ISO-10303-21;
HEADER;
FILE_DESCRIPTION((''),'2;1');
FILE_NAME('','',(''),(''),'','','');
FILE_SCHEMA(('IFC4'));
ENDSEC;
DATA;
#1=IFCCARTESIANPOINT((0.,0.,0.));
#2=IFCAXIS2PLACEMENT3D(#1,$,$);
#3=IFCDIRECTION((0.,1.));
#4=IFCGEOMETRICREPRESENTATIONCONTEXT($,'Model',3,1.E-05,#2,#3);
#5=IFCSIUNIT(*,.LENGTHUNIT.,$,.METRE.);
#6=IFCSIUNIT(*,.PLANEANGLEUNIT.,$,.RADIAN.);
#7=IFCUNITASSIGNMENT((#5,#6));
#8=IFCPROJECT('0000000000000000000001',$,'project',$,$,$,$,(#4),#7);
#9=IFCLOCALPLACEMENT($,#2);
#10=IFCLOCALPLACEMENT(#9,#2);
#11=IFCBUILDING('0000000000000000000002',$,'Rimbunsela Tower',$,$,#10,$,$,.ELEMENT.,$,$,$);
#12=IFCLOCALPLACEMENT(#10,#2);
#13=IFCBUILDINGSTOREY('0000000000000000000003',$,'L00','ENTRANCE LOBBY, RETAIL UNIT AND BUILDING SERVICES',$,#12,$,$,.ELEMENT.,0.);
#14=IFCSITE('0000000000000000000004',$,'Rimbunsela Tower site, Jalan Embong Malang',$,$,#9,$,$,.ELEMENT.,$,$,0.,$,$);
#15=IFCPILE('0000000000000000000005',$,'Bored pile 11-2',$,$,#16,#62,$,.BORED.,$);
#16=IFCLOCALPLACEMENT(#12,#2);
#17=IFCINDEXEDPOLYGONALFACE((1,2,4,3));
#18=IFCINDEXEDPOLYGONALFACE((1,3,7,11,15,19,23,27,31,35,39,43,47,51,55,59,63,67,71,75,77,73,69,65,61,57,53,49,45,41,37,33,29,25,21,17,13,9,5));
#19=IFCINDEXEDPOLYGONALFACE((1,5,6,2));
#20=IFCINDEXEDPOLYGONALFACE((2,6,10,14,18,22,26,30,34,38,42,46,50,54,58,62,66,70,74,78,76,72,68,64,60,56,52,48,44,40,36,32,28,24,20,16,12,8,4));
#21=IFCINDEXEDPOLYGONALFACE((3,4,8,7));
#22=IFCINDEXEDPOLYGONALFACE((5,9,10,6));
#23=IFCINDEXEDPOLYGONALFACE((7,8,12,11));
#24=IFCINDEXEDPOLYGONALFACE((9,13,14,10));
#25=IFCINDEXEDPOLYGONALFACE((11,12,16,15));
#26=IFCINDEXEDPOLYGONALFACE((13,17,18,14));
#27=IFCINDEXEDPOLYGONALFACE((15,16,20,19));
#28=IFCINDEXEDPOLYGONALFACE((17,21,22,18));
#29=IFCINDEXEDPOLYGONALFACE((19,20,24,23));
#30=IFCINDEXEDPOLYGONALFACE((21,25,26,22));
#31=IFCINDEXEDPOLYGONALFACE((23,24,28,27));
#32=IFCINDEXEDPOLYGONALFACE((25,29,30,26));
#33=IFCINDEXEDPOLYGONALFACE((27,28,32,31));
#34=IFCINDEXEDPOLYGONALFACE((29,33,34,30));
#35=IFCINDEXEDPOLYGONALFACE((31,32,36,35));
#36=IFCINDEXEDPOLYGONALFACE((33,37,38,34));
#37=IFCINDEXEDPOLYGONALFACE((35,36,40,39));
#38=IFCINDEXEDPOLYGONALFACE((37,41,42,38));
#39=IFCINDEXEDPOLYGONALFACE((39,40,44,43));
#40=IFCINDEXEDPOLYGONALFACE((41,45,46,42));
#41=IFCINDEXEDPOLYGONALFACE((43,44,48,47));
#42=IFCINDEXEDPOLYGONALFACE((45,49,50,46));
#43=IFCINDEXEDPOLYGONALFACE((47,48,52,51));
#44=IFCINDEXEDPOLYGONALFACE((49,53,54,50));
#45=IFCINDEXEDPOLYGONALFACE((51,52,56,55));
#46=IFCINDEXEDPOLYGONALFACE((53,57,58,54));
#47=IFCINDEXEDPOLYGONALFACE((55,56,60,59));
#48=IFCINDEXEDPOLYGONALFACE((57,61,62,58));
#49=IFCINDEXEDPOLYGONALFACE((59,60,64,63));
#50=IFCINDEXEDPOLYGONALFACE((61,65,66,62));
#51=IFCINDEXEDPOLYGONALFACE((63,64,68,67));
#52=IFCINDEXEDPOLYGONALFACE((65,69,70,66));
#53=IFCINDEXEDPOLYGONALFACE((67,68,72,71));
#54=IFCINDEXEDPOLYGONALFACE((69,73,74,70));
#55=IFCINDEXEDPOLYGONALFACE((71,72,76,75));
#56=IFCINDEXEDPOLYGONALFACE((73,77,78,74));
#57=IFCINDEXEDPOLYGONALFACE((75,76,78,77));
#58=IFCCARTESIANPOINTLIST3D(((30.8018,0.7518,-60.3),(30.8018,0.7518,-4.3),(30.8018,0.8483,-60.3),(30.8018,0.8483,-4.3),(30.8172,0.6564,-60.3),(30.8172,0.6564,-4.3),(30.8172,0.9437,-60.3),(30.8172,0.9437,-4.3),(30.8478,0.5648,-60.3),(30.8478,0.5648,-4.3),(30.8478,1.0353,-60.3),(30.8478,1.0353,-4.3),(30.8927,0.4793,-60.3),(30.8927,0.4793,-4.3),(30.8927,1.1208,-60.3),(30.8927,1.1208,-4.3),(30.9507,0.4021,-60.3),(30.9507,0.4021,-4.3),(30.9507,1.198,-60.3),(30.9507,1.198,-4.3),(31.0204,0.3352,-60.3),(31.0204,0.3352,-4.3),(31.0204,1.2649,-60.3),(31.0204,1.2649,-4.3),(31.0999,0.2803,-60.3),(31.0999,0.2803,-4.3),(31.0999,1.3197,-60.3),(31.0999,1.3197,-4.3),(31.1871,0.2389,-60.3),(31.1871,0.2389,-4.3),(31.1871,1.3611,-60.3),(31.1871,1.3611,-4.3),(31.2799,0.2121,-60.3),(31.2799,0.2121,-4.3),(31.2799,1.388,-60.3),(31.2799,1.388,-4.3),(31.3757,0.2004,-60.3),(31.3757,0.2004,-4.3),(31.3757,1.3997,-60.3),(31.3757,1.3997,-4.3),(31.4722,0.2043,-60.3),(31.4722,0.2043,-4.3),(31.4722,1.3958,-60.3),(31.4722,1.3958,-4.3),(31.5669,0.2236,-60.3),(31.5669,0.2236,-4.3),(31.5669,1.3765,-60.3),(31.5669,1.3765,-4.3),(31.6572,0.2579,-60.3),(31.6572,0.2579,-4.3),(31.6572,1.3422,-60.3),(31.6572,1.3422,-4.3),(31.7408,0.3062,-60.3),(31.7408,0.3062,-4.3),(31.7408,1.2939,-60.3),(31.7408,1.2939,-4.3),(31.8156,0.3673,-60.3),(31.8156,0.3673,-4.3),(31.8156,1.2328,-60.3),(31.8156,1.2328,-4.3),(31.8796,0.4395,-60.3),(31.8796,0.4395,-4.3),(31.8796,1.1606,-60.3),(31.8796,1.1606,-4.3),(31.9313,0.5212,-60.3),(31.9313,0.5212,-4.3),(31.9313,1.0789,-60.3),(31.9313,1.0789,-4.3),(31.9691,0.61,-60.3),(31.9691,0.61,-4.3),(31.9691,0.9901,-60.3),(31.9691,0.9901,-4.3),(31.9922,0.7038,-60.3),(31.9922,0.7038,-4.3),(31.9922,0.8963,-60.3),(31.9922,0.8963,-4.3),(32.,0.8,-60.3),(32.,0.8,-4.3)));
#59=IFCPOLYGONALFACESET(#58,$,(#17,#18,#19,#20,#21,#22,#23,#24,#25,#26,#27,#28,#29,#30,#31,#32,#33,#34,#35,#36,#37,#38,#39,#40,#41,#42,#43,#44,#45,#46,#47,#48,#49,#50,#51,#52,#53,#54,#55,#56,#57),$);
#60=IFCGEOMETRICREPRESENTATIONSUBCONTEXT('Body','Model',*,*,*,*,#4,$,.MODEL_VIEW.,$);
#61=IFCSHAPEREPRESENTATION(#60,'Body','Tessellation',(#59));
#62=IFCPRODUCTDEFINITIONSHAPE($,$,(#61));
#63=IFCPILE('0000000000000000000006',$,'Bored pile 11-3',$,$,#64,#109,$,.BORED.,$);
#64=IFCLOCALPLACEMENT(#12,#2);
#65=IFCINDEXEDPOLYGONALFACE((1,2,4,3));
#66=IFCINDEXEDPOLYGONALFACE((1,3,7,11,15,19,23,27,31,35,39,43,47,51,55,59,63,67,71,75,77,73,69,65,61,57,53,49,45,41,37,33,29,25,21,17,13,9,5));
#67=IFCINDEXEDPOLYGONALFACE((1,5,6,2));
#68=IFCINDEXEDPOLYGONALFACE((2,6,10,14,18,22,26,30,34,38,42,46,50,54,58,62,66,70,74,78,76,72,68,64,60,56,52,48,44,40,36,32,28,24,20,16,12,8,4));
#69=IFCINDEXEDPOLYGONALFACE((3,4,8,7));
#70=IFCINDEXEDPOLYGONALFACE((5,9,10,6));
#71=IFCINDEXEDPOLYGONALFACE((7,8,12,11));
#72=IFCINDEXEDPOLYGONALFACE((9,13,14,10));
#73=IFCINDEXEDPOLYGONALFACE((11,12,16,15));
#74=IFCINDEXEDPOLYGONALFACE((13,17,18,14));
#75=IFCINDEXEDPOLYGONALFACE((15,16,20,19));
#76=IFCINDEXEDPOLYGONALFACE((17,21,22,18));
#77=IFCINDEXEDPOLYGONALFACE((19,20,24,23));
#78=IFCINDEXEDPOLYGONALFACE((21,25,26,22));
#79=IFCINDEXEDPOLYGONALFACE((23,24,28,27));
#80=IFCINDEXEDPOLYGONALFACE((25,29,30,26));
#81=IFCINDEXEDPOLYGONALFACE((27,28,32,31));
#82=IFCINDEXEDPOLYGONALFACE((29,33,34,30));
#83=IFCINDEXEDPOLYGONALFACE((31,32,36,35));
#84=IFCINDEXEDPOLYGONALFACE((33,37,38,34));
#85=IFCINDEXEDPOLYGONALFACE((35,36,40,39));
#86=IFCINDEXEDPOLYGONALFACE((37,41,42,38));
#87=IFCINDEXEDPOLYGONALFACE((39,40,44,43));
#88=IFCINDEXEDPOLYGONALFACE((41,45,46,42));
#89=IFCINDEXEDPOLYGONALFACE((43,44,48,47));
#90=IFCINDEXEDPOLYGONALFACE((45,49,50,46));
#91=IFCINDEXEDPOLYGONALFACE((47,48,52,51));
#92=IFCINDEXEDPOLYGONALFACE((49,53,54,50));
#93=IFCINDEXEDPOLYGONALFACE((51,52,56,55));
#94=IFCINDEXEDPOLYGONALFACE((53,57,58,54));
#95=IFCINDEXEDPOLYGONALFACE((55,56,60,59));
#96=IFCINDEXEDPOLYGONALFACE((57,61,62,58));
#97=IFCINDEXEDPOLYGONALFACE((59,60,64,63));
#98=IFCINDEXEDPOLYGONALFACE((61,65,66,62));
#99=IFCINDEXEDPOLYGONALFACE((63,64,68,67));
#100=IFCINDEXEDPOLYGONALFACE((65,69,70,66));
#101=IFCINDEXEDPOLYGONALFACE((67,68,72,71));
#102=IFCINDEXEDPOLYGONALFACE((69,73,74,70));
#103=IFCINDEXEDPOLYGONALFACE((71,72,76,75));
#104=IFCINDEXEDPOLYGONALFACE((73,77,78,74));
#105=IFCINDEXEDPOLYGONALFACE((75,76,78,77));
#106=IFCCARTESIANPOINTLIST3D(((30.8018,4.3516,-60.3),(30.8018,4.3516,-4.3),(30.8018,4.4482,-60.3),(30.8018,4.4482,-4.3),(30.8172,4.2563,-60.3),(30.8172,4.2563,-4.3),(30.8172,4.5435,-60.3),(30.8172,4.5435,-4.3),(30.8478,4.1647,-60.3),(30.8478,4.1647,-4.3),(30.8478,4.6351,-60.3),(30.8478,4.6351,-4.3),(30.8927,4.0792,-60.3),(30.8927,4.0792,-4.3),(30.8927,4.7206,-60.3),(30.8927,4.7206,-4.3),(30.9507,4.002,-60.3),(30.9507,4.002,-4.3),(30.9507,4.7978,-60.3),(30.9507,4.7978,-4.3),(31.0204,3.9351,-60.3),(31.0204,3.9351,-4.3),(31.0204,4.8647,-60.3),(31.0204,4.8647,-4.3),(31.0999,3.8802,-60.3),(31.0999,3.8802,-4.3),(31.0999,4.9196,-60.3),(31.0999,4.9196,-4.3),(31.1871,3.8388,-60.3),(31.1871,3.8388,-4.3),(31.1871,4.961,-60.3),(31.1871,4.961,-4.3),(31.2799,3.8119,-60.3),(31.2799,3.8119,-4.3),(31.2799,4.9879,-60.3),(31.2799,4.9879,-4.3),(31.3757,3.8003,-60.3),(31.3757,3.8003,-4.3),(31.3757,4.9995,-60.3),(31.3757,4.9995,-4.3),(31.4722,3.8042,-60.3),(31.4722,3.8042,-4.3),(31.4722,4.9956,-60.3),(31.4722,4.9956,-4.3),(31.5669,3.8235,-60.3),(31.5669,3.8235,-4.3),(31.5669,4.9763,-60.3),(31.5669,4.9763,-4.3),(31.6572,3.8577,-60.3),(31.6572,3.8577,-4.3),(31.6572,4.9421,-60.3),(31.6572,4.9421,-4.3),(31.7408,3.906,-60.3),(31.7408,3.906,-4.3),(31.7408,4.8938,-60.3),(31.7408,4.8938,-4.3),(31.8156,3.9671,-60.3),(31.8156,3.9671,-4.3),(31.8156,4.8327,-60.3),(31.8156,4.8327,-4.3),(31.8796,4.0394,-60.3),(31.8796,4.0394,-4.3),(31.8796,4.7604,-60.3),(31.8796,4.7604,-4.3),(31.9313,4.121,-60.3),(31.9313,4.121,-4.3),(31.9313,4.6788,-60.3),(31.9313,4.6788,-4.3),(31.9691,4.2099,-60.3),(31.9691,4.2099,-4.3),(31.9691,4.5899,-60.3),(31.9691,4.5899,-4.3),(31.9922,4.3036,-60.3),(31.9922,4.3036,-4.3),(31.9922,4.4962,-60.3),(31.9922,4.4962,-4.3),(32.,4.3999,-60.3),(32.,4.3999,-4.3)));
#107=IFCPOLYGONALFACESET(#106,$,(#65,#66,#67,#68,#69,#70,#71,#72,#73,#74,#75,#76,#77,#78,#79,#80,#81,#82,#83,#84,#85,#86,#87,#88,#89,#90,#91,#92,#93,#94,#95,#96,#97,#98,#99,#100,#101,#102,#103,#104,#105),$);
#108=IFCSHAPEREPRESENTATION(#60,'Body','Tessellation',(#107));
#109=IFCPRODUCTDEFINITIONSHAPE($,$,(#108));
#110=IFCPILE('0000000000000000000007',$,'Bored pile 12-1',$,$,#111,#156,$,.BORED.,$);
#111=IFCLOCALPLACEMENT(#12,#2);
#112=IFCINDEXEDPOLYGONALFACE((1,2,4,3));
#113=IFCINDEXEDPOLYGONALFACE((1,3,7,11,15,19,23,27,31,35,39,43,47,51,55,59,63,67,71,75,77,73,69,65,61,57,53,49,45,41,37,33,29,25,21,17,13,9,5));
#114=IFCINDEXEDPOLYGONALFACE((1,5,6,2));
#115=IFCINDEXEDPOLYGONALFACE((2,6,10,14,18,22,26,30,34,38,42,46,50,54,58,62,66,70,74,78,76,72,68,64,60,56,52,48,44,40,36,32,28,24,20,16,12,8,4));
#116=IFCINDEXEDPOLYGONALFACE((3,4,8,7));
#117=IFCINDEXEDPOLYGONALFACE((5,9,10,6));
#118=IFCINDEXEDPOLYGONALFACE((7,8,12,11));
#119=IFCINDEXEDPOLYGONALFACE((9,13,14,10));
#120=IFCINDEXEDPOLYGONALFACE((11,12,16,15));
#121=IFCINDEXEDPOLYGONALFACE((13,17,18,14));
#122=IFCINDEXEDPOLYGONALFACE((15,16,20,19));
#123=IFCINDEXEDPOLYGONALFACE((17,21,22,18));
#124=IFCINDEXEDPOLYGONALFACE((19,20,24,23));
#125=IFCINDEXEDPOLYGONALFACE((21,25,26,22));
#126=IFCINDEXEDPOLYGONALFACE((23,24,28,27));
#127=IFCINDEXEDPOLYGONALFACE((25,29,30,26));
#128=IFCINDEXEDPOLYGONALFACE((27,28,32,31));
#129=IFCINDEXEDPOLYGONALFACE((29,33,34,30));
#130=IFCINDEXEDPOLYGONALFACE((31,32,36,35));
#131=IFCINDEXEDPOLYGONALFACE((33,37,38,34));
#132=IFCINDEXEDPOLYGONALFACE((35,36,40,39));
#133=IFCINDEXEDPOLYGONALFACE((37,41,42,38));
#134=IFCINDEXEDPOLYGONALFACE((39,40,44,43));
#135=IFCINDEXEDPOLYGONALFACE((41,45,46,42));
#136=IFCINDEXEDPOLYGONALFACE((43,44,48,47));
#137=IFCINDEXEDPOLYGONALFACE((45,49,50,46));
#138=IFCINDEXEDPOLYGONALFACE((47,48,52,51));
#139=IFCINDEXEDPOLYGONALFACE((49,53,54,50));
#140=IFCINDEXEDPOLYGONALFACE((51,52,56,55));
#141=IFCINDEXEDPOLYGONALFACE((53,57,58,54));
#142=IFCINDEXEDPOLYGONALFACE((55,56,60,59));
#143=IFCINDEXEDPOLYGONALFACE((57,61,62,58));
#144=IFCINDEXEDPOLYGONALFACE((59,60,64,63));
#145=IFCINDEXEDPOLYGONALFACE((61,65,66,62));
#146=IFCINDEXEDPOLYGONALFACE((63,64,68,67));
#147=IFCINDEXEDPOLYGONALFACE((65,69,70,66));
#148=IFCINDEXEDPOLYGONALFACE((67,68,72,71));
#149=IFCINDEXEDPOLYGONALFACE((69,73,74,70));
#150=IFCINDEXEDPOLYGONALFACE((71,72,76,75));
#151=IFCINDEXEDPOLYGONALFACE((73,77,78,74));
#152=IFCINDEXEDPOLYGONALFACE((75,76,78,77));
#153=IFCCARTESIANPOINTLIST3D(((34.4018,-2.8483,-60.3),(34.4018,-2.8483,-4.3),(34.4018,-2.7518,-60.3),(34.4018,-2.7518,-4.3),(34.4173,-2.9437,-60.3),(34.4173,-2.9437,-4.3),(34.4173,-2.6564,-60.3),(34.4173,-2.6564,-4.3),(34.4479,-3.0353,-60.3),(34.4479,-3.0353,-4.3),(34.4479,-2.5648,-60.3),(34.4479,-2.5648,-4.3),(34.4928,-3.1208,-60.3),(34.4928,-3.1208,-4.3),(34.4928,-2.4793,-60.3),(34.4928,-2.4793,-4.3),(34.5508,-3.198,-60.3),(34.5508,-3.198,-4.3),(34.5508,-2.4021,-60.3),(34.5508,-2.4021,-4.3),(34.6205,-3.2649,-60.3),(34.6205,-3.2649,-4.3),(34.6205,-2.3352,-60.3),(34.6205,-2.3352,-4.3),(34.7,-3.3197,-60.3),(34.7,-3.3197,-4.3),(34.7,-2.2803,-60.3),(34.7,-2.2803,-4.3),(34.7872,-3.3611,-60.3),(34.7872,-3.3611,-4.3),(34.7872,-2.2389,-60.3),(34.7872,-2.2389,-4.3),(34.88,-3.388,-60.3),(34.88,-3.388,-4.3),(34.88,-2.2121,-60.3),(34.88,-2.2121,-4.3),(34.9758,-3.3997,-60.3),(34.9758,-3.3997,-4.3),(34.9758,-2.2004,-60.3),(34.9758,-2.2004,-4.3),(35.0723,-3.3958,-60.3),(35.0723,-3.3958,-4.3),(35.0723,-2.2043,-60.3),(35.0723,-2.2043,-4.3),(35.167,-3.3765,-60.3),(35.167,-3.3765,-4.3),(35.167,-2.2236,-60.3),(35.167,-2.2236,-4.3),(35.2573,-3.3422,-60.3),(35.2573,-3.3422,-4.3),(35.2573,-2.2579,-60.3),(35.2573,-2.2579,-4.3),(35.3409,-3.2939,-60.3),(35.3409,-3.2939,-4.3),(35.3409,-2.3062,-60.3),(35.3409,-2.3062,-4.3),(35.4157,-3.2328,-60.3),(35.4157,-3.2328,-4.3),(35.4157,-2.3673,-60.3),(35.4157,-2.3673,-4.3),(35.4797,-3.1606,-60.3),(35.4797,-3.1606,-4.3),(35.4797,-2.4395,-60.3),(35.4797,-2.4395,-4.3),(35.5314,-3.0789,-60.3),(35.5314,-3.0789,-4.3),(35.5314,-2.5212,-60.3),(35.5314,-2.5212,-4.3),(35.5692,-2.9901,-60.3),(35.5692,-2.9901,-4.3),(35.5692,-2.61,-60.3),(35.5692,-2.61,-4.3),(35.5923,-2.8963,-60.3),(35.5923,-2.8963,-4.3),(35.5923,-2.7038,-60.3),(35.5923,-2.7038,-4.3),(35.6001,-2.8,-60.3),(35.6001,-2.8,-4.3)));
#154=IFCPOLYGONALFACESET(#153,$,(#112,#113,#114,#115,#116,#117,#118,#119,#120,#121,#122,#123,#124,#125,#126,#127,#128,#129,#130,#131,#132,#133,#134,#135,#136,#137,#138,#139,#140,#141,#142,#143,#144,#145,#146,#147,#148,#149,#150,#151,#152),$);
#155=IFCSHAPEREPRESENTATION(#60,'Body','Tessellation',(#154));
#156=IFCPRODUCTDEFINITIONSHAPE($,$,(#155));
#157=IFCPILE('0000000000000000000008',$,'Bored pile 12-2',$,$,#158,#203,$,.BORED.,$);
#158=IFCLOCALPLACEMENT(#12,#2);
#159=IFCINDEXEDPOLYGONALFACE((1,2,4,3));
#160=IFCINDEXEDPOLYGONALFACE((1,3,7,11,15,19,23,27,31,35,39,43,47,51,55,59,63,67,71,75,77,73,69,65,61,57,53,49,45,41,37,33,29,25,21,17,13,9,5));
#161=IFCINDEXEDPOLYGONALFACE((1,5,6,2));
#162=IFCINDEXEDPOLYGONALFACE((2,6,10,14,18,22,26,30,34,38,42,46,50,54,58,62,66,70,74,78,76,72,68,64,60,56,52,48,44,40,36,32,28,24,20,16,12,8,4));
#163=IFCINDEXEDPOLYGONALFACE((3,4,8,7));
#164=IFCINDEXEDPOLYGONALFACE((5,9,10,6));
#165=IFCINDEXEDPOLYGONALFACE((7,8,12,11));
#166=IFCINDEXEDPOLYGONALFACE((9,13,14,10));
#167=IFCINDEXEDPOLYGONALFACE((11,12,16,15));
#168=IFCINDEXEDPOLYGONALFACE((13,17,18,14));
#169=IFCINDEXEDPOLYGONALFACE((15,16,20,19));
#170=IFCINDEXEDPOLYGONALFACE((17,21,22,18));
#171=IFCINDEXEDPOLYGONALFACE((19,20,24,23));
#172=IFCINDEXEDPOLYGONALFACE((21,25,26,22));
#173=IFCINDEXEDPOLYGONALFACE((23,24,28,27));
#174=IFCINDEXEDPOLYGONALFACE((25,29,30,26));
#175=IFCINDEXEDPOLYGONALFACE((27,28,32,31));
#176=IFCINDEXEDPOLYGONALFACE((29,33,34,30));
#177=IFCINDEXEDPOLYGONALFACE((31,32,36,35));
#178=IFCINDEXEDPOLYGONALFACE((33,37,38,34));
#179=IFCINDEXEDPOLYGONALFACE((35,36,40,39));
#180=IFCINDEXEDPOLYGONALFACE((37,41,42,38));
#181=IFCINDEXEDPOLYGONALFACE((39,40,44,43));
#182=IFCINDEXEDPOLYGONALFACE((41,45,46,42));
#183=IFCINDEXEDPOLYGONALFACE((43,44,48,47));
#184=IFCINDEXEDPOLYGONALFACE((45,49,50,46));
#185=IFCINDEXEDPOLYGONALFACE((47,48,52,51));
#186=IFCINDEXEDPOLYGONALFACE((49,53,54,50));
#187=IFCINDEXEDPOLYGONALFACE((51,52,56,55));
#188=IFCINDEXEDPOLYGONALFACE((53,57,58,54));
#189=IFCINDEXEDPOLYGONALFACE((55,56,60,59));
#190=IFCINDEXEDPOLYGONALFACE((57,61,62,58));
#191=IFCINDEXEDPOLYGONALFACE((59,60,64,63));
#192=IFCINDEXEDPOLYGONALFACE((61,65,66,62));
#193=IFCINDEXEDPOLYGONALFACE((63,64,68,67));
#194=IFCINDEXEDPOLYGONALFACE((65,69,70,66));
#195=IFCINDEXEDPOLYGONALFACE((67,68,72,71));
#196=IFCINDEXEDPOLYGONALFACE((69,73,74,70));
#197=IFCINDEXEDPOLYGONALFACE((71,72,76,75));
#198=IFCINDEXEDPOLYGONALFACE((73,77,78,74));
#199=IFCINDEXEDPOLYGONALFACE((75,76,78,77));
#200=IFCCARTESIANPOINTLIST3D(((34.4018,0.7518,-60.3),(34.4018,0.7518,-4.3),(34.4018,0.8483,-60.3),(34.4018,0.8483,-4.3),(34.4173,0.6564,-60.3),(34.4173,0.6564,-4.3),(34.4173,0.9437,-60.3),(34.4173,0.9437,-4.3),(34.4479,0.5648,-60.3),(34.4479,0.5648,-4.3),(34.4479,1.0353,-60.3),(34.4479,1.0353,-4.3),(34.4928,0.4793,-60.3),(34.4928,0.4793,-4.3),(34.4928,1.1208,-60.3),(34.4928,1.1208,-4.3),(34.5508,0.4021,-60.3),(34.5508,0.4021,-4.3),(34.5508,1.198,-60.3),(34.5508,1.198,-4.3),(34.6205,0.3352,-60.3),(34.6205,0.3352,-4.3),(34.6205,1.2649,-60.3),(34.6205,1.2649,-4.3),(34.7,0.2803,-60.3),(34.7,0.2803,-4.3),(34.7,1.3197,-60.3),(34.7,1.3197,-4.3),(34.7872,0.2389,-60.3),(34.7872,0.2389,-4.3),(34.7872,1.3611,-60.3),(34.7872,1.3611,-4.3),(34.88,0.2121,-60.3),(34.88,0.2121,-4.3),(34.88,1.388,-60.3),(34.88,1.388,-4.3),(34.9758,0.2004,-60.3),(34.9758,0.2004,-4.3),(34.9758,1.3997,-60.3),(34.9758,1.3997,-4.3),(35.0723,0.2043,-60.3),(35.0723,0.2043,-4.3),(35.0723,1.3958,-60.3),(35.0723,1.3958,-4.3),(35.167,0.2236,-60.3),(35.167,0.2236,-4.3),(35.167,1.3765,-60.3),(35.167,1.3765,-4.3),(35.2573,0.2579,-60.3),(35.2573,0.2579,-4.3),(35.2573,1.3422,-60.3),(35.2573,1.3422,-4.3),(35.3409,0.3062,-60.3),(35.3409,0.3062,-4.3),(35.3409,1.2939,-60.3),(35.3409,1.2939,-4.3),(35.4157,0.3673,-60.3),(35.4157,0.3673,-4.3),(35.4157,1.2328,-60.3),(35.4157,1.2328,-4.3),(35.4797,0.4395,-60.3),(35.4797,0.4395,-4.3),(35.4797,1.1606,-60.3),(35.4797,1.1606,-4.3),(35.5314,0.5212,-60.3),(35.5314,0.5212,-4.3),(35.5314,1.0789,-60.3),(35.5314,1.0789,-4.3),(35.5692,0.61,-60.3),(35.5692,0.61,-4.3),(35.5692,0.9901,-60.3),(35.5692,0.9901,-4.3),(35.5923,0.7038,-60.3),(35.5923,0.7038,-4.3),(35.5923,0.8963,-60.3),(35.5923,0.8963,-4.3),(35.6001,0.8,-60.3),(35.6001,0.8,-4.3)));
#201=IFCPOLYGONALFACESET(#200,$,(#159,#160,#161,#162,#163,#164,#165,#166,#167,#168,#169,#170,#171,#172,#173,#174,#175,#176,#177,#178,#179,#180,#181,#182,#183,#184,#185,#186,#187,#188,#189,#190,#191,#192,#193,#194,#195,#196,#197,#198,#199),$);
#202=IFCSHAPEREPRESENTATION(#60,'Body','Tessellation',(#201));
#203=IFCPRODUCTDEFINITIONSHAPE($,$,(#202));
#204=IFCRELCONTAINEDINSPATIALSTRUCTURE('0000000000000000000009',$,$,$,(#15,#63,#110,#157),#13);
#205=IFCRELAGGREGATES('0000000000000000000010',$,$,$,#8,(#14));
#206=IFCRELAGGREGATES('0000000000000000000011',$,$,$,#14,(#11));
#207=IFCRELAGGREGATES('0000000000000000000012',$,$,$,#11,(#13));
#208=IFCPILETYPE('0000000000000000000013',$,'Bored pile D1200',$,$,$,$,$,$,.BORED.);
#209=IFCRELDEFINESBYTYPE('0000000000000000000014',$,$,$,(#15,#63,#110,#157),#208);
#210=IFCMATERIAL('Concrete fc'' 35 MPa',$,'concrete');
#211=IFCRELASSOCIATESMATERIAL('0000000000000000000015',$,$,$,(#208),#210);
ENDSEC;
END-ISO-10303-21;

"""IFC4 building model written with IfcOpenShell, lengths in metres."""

from ifc_helpers import new_model, si_unit, direction, frame, origin, origin_2d, place, context, subcontext, project, spatial, circle, extrude, material, material_profile, profile_set, type_object, element, save


model = new_model("IFC4")

# Units and contexts
model_context = context("Model", 3, precision=1e-05, world=origin(), true_north=direction((0.0, 1.0)))
body_context = subcontext(model_context, "Body", "Model", "MODEL_VIEW")
ifc_project = project(units=[si_unit("LENGTHUNIT", "METRE"), si_unit("PLANEANGLEUNIT", "RADIAN")], contexts=[model_context])

# Site, building, storey
site_placement = place(None, origin())
site = spatial("IfcSite", under=ifc_project, at=site_placement, Name="Rimbunsela Tower site, Jalan Embong Malang", CompositionType="ELEMENT", RefElevation=0.0)
building_placement = place(site_placement, origin())
building = spatial("IfcBuilding", under=site, at=building_placement, Name="Rimbunsela Tower", CompositionType="ELEMENT")
storey_placement = place(building_placement, origin())
storey = spatial("IfcBuildingStorey", under=building, at=storey_placement, Name="L00", Description="ENTRANCE LOBBY, RETAIL UNIT AND BUILDING SERVICES", CompositionType="ELEMENT", Elevation=0.0)

# Piles
ifc_material_1 = material(Name="Concrete fc' 35 MPa", Category="concrete")
ifc_material_profile_1 = material_profile(ifc_material_1, circle(Radius=0.6001, at=origin_2d()), Name="BP D1200")
ifc_profile_set_1 = profile_set([ifc_material_profile_1], Name="Concrete fc' 35 MPa")
pile_type = type_object("IfcPileType", Name="Bored pile D1200", PredefinedType="BORED", material=ifc_profile_set_1)
for number, where, z_axis, x_axis, name in (
    (1, (31.3999, 0.8, -4.3), (0.0, 0.0, -1.0), (1.0, 0.0, 0.0), "Bored pile 11-2"),
    (2, (31.3999, 4.3999, -4.3), (0.0, 0.0, -1.0), (1.0, 0.0, 0.0), "Bored pile 11-3"),
    (3, (35.0, -2.8, -4.3), (0.0, 0.0, -1.0), (1.0, 0.0, 0.0), "Bored pile 12-1"),
    (4, (35.0, 0.8, -4.3), (0.0, 0.0, -1.0), (1.0, 0.0, 0.0), "Bored pile 12-2"),
):
    element("IfcPile", number, at=place(storey_placement, frame(where, z_axis=z_axis, x_axis=x_axis)), inside=storey, type_object=pile_type, Name=name, PredefinedType="BORED", context=body_context, shape_type="SweptSolid", body=[
        extrude(circle(Radius=0.6001, at=origin_2d()), origin(), (0.0, 0.0, 1.0), 56.0),
    ])

save(model, "model.ifc")
